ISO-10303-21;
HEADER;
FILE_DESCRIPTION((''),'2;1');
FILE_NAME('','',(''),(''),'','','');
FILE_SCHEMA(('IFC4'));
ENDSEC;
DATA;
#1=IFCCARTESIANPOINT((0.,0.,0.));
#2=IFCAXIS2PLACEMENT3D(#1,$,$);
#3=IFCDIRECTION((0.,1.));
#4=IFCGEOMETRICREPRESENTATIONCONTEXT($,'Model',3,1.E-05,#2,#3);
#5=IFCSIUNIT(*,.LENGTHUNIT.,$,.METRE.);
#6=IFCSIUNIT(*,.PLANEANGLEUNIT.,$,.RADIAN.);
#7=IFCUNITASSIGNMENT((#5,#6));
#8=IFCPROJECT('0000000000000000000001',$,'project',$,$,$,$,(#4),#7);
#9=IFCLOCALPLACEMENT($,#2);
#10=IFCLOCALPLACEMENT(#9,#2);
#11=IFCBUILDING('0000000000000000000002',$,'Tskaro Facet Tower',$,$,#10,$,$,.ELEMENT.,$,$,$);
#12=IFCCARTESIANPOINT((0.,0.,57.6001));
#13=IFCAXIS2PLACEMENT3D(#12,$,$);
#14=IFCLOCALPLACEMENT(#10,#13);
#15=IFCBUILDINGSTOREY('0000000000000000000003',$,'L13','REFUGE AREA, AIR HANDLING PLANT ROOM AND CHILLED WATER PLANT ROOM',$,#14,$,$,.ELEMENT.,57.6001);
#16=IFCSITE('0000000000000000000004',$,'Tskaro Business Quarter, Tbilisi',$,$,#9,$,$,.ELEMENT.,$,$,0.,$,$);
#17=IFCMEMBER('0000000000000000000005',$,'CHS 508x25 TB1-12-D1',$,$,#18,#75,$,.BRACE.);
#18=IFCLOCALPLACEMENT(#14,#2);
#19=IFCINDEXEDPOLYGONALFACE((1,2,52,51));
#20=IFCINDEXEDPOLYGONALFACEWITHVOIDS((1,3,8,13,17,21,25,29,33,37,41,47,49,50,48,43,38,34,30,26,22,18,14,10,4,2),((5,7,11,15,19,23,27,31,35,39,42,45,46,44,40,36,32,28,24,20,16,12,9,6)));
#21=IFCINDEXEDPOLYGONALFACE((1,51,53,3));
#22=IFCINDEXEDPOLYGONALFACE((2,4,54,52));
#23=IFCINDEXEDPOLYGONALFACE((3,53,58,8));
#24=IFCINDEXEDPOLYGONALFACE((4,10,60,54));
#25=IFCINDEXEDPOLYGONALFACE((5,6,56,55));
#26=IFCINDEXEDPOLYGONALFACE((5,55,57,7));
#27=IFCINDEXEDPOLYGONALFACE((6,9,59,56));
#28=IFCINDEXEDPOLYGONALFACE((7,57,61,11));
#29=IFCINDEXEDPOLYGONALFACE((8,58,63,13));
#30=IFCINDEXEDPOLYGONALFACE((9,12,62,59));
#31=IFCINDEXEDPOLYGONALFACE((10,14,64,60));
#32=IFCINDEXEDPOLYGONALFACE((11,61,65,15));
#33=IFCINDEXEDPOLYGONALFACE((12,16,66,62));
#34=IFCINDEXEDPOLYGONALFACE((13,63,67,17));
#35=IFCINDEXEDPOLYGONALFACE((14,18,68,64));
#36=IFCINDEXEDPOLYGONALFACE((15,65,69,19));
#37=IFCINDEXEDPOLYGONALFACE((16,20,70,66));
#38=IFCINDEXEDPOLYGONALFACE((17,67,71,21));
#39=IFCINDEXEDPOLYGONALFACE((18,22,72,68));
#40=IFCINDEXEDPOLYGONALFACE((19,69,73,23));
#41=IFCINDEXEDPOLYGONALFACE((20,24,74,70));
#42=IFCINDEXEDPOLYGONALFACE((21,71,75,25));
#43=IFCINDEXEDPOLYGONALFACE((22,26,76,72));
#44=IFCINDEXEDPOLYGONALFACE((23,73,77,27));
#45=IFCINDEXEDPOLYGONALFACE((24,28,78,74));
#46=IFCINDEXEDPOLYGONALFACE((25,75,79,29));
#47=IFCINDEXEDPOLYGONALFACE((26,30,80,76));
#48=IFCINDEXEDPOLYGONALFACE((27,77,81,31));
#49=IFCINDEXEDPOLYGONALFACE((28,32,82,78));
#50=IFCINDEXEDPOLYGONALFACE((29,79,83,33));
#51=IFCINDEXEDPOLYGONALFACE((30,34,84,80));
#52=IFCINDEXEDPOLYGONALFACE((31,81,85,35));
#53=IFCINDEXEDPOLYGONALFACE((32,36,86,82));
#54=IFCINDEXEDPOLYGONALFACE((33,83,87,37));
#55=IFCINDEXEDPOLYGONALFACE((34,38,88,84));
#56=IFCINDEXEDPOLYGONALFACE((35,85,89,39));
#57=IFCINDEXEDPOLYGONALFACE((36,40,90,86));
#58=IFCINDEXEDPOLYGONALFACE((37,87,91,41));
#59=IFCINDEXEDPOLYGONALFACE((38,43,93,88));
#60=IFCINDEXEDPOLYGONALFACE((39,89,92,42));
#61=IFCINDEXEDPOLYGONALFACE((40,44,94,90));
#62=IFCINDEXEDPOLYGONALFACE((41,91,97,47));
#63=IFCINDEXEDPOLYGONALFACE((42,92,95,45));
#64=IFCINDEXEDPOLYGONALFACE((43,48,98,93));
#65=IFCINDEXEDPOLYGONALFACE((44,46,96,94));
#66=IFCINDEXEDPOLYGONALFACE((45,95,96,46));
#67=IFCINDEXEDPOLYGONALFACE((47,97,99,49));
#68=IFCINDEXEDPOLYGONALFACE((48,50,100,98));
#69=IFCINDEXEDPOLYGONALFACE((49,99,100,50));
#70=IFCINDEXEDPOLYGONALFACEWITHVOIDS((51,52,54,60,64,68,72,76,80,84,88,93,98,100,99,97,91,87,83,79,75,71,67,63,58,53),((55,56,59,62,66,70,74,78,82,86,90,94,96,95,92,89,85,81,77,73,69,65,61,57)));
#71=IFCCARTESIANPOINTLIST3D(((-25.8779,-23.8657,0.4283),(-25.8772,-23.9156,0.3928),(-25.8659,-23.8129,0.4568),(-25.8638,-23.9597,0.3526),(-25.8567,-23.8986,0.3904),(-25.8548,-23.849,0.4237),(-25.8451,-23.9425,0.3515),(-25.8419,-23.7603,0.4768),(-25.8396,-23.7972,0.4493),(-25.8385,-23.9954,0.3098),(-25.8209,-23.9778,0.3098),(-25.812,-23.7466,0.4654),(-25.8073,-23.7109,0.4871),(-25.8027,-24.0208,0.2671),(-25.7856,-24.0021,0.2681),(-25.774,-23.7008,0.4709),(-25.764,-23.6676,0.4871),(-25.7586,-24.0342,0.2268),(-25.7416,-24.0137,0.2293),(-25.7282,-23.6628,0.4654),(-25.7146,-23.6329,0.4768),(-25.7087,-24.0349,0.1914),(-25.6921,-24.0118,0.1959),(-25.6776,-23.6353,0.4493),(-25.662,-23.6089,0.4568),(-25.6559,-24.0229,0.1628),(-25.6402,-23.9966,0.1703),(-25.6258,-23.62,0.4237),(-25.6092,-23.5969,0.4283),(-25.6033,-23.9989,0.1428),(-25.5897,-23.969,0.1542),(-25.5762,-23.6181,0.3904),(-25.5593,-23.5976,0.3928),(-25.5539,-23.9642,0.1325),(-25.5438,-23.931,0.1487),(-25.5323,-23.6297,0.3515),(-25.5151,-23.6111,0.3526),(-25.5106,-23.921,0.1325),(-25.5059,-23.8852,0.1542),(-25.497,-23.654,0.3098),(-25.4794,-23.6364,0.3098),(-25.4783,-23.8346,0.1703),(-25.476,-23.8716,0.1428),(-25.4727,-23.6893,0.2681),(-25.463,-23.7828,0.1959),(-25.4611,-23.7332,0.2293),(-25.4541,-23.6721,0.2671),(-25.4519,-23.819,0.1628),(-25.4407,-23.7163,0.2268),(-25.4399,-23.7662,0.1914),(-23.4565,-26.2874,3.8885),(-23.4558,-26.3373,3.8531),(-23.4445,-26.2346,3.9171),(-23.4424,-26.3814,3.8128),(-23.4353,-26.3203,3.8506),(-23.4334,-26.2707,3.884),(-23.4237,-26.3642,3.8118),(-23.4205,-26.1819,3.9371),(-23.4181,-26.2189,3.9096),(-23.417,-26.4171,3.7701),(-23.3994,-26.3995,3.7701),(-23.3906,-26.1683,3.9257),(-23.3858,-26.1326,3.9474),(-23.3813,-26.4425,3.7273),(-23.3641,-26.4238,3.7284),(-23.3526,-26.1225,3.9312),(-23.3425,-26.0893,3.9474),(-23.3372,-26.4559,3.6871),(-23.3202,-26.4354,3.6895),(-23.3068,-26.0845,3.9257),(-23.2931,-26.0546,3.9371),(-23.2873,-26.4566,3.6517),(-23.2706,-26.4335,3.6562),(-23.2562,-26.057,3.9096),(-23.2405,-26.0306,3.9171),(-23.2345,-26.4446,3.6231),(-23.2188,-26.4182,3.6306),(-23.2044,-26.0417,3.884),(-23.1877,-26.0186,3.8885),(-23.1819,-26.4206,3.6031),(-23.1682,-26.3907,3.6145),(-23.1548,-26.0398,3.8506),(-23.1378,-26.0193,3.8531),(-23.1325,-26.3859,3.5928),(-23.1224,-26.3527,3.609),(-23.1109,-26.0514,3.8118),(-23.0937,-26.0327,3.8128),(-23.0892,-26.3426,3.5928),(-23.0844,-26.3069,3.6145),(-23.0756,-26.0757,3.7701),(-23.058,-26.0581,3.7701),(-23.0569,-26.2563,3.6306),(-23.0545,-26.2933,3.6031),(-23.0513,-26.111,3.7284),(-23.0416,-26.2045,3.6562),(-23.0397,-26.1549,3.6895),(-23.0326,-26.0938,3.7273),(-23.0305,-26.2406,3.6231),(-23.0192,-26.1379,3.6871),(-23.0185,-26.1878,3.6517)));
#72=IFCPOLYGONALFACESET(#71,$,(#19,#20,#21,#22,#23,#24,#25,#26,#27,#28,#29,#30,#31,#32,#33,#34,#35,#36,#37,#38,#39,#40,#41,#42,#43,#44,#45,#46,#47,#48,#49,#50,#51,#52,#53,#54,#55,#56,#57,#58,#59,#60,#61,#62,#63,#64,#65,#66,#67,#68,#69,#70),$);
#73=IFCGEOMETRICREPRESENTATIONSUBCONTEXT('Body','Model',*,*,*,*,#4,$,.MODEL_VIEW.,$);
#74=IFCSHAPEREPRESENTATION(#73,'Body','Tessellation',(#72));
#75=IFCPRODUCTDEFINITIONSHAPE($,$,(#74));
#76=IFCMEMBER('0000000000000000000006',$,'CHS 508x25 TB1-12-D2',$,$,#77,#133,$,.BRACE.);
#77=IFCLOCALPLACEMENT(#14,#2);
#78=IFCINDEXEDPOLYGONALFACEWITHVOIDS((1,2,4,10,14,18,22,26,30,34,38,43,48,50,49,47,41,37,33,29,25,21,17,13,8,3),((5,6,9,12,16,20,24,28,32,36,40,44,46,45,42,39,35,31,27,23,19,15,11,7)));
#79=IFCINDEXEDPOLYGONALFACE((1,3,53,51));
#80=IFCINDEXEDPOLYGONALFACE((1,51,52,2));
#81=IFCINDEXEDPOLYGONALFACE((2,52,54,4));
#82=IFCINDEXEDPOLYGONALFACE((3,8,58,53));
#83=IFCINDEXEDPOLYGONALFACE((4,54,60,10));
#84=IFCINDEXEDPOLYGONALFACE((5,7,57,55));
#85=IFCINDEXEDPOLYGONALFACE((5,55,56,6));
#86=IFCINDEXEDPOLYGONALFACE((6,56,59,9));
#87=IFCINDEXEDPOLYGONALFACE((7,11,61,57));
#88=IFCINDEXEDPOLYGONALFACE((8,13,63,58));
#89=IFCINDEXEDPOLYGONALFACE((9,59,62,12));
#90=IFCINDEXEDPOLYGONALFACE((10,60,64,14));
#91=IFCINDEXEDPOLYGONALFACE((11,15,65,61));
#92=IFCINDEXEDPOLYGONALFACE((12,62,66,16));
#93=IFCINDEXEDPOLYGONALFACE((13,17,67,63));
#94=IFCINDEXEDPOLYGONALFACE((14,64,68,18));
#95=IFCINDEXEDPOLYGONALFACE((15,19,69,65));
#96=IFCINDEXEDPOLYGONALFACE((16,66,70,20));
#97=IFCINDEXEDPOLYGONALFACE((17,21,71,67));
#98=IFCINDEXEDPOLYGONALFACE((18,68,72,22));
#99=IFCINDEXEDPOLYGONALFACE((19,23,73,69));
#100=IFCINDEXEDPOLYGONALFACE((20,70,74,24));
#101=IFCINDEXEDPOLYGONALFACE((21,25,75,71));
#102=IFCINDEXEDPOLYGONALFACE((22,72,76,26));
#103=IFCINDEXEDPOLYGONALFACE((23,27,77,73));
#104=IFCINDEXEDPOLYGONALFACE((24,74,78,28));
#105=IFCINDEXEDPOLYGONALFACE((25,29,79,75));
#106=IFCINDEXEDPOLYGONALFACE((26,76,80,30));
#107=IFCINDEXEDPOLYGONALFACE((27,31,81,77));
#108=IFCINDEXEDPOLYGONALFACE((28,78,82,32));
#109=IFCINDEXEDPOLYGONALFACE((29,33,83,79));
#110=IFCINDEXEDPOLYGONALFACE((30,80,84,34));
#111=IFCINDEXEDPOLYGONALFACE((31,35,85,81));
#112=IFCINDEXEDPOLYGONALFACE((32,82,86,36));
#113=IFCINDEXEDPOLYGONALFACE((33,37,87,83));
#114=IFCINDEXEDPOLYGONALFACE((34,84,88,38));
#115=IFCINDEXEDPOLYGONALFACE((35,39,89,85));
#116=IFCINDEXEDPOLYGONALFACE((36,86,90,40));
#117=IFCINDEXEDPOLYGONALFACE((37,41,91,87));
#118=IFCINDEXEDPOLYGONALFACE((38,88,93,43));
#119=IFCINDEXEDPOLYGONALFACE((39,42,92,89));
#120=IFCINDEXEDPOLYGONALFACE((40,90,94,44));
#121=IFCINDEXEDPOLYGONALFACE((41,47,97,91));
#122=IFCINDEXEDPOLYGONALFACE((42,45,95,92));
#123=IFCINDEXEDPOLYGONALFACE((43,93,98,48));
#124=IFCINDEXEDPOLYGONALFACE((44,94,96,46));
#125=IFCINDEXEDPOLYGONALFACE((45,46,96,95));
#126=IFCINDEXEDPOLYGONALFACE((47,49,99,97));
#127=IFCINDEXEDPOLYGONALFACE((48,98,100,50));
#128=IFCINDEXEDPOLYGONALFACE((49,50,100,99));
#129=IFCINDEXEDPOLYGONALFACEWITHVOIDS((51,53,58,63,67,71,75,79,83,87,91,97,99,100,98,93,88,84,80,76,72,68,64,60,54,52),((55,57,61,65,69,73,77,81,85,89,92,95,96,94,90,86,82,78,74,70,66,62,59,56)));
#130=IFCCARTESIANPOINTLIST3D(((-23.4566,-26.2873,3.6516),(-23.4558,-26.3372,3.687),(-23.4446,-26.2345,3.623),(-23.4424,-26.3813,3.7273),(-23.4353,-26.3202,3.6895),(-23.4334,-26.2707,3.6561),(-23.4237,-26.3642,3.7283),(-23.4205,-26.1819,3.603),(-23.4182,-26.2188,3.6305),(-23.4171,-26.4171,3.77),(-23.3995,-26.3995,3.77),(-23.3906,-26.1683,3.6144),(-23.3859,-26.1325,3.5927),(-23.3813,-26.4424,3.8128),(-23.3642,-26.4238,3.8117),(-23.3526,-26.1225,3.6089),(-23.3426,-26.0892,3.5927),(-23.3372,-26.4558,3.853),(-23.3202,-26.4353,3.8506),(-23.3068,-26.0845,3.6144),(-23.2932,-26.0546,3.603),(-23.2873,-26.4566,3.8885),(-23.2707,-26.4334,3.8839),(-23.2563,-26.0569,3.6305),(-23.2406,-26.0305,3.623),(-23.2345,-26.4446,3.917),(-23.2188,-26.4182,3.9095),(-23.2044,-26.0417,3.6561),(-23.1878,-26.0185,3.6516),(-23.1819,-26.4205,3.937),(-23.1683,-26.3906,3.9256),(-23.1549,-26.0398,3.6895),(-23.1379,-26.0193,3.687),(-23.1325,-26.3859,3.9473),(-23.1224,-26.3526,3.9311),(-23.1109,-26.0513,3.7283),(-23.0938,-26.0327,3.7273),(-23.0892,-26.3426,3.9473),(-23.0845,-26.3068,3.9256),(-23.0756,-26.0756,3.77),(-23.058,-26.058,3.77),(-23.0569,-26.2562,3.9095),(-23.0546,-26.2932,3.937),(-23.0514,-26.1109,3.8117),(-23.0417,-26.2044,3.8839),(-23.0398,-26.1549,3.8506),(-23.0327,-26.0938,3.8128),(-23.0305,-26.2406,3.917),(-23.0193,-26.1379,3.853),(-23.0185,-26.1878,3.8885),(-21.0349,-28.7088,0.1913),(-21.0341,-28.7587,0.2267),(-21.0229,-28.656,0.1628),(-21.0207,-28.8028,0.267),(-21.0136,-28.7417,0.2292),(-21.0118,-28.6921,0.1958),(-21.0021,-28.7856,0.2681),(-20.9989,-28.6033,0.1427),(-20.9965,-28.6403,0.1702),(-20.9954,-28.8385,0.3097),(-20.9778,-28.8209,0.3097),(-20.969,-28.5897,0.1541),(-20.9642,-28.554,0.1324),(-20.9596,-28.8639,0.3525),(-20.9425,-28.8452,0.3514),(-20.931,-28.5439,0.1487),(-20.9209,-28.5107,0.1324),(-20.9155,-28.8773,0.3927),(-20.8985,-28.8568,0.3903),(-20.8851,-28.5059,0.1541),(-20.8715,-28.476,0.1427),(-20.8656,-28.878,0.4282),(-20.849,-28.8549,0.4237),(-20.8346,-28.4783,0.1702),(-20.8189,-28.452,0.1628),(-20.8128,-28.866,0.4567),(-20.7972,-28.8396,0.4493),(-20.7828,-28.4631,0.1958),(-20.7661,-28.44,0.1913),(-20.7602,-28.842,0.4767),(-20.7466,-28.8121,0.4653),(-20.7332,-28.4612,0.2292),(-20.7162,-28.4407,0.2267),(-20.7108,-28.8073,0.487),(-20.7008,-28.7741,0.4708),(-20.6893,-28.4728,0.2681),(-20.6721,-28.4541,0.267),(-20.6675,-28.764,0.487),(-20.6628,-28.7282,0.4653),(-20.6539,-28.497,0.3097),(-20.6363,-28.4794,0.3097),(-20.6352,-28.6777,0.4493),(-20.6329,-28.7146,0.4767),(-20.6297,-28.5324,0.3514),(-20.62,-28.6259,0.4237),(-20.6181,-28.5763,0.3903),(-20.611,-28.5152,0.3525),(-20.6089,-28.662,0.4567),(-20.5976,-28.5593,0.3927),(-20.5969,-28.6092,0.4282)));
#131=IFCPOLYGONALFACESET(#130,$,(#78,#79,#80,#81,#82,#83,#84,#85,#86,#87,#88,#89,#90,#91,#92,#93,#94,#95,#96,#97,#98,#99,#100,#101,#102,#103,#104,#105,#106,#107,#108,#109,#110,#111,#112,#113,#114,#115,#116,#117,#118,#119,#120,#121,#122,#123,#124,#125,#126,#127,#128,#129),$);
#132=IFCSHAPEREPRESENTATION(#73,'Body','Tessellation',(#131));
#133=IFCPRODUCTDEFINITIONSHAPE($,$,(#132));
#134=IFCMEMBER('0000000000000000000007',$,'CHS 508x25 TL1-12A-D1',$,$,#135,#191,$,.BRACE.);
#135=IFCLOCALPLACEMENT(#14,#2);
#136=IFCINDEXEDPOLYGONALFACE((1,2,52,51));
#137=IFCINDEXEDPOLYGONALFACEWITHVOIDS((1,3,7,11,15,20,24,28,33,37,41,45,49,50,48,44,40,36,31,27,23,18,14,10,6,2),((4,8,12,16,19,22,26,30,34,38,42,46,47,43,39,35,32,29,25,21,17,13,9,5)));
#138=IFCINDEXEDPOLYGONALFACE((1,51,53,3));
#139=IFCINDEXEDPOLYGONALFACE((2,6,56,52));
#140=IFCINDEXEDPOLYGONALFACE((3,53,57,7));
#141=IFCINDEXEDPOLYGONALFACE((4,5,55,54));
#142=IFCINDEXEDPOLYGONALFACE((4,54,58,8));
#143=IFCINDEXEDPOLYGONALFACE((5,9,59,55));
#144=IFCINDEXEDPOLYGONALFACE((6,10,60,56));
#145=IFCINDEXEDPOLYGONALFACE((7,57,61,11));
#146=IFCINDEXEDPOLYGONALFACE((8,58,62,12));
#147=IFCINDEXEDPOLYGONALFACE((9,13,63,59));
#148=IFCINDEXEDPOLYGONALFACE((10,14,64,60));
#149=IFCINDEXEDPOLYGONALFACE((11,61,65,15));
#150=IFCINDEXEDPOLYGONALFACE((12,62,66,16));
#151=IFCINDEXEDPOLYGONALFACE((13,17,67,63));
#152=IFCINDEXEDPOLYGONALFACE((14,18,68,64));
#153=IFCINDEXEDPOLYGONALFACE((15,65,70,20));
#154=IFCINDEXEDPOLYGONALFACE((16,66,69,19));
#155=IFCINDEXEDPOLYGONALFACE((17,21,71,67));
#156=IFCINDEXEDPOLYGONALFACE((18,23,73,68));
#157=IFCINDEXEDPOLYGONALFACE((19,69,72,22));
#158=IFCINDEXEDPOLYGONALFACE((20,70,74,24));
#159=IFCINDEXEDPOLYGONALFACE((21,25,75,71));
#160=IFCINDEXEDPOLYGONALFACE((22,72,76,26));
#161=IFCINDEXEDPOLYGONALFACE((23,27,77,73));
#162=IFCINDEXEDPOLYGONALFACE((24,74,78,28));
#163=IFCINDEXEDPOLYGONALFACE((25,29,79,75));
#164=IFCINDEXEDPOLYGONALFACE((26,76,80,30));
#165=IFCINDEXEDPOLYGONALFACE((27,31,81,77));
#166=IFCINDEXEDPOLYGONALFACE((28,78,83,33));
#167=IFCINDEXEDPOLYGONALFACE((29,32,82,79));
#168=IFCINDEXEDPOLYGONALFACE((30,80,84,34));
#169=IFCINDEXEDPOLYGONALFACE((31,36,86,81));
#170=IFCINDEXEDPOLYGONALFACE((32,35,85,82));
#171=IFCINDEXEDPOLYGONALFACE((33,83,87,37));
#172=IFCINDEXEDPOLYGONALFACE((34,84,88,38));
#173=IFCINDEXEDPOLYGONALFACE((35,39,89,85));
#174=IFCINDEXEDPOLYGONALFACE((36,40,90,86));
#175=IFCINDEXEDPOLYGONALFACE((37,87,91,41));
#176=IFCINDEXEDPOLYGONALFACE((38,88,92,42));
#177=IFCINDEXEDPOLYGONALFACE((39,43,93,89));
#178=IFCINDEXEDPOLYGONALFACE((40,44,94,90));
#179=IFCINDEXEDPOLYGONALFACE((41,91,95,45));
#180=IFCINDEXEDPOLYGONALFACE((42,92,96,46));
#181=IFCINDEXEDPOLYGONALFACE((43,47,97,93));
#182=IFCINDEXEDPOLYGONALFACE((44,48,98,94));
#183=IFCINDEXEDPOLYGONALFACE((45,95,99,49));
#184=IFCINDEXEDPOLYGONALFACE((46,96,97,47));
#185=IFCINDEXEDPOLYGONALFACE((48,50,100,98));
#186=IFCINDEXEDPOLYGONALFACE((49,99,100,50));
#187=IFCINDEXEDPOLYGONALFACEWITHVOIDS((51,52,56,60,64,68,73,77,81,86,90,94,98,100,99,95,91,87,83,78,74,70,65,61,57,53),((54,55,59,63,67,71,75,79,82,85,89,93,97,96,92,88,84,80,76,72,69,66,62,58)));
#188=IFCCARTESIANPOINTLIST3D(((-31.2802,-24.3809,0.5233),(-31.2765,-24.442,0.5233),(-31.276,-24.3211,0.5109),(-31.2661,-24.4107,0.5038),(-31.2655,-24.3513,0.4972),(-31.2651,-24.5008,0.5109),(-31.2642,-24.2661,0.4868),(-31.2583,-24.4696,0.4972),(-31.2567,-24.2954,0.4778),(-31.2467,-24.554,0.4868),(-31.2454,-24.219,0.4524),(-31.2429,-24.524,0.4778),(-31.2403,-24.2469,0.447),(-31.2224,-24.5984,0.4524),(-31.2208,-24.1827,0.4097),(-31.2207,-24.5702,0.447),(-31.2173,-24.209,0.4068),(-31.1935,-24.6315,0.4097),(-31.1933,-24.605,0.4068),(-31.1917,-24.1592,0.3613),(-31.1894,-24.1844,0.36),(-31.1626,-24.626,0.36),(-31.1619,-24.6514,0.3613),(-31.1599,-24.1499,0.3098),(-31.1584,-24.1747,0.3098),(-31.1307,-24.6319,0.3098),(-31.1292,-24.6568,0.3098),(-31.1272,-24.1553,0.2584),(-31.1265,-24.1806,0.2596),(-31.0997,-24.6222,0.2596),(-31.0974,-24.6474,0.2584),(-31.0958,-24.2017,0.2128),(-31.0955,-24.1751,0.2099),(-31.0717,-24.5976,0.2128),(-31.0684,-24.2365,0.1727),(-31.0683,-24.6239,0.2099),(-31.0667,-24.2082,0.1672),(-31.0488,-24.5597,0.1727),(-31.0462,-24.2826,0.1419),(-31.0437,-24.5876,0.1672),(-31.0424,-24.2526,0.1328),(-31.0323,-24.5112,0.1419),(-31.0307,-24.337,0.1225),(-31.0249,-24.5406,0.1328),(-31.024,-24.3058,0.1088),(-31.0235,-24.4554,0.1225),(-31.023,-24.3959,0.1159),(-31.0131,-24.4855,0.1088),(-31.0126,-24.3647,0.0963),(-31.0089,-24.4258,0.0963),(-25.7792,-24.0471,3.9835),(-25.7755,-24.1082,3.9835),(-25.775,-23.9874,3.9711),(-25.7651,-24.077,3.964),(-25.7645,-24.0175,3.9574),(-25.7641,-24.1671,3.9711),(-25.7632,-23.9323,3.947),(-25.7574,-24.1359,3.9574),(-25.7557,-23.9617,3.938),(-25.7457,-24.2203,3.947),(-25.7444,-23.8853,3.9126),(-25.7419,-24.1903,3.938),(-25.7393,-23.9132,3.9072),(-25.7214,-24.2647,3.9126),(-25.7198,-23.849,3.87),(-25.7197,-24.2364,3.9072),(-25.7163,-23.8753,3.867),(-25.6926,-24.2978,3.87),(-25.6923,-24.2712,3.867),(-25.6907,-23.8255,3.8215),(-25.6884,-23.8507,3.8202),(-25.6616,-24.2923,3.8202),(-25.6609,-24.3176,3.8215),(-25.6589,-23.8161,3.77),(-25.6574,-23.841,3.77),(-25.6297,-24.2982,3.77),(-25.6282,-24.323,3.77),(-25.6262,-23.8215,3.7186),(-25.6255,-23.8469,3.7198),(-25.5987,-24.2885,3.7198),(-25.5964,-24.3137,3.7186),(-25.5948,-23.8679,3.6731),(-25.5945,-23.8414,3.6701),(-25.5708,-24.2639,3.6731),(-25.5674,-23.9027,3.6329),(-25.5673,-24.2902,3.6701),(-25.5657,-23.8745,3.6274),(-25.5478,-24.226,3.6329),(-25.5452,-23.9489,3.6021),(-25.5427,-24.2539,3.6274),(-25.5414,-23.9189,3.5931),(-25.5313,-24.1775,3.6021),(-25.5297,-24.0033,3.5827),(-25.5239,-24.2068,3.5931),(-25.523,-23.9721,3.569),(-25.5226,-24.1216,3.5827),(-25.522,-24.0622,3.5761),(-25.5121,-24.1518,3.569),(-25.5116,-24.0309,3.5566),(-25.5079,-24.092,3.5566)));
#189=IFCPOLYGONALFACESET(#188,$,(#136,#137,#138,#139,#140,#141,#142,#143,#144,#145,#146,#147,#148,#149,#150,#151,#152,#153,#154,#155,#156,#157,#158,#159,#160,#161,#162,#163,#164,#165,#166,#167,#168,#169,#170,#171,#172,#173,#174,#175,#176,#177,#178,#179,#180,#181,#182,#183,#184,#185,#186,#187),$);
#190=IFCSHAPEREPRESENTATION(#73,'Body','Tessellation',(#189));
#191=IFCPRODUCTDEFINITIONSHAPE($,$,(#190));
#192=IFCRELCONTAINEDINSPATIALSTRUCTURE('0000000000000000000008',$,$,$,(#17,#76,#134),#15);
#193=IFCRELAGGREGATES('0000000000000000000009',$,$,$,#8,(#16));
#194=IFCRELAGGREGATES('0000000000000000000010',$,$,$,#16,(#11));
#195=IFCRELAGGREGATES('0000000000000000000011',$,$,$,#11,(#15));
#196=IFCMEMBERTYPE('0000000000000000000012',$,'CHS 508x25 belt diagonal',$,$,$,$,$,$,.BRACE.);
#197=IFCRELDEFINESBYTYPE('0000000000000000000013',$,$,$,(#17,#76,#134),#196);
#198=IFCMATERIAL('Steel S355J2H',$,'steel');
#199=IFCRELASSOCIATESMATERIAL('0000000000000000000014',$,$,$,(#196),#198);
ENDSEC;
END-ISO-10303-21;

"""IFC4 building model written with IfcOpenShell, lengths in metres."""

from ifc_helpers import new_model, si_unit, direction, frame, origin, origin_2d, place, context, subcontext, project, spatial, hollow_circle, extrude, material, material_profile, profile_set, type_object, element, save


model = new_model("IFC4")

# Units and contexts
model_context = context("Model", 3, precision=1e-05, world=origin(), true_north=direction((0.0, 1.0)))
body_context = subcontext(model_context, "Body", "Model", "MODEL_VIEW")
ifc_project = project(units=[si_unit("LENGTHUNIT", "METRE"), si_unit("PLANEANGLEUNIT", "RADIAN")], contexts=[model_context])

# Site, building, storey
site_placement = place(None, origin())
site = spatial("IfcSite", under=ifc_project, at=site_placement, Name="Tskaro Business Quarter, Tbilisi", CompositionType="ELEMENT", RefElevation=0.0)
building_placement = place(site_placement, origin())
building = spatial("IfcBuilding", under=site, at=building_placement, Name="Tskaro Facet Tower", CompositionType="ELEMENT")
storey_placement = place(building_placement, frame((0.0, 0.0, 57.6001)))
storey = spatial("IfcBuildingStorey", under=building, at=storey_placement, Name="L13", Description="REFUGE AREA, AIR HANDLING PLANT ROOM AND CHILLED WATER PLANT ROOM", CompositionType="ELEMENT", Elevation=57.6001)

# Shared definitions
ifc_material_1 = material(Name="Steel S355J2H", Category="steel")

# Members
ifc_material_profile_1 = material_profile(ifc_material_1, hollow_circle(Radius=0.2539, WallThickness=0.0249, at=origin_2d()), Name="CHS 508x25")
ifc_profile_set_1 = profile_set([ifc_material_profile_1], Name="Steel S355J2H")
member_type_1 = type_object("IfcMemberType", Name="CHS 508x25 belt diagonal", PredefinedType="BRACE", material=ifc_profile_set_1)
for number, where, z_axis, x_axis, name in (
    (1, (-25.6589, -23.8159, 0.3098), (0.497377, -0.497428, 0.710761), (0.707142, 0.707071, 0.0), "CHS 508x25 TB1-12-D1"),
    (2, (-23.2375, -26.2375, 3.77), (0.497428, -0.497377, -0.710761), (0.707071, 0.707142, 0.0), "CHS 508x25 TB1-12-D2"),
):
    element("IfcMember", number, at=place(storey_placement, frame(where, z_axis=z_axis, x_axis=x_axis)), inside=storey, type_object=member_type_1, Name=name, PredefinedType="BRACE", context=body_context, shape_type="SweptSolid", body=[
        extrude(hollow_circle(Radius=0.2539, WallThickness=0.0249, at=origin_2d()), origin(), (0.0, 0.0, 1.0), 4.8684),
    ])
for number, where, z_axis, x_axis, name in (
    (3, (-31.1445, -24.4033, 0.3098), (0.845353, 0.051287, 0.531741), (-0.060558, 0.998165, 0.0), "CHS 508x25 TL1-12A-D1"),
):
    element("IfcMember", number, at=place(storey_placement, frame(where, z_axis=z_axis, x_axis=x_axis)), inside=storey, type_object=member_type_1, Name=name, PredefinedType="BRACE", context=body_context, shape_type="SweptSolid", body=[
        extrude(hollow_circle(Radius=0.2539, WallThickness=0.0249, at=origin_2d()), origin(), (0.0, 0.0, 1.0), 6.5073),
    ])

save(model, "model.ifc")
